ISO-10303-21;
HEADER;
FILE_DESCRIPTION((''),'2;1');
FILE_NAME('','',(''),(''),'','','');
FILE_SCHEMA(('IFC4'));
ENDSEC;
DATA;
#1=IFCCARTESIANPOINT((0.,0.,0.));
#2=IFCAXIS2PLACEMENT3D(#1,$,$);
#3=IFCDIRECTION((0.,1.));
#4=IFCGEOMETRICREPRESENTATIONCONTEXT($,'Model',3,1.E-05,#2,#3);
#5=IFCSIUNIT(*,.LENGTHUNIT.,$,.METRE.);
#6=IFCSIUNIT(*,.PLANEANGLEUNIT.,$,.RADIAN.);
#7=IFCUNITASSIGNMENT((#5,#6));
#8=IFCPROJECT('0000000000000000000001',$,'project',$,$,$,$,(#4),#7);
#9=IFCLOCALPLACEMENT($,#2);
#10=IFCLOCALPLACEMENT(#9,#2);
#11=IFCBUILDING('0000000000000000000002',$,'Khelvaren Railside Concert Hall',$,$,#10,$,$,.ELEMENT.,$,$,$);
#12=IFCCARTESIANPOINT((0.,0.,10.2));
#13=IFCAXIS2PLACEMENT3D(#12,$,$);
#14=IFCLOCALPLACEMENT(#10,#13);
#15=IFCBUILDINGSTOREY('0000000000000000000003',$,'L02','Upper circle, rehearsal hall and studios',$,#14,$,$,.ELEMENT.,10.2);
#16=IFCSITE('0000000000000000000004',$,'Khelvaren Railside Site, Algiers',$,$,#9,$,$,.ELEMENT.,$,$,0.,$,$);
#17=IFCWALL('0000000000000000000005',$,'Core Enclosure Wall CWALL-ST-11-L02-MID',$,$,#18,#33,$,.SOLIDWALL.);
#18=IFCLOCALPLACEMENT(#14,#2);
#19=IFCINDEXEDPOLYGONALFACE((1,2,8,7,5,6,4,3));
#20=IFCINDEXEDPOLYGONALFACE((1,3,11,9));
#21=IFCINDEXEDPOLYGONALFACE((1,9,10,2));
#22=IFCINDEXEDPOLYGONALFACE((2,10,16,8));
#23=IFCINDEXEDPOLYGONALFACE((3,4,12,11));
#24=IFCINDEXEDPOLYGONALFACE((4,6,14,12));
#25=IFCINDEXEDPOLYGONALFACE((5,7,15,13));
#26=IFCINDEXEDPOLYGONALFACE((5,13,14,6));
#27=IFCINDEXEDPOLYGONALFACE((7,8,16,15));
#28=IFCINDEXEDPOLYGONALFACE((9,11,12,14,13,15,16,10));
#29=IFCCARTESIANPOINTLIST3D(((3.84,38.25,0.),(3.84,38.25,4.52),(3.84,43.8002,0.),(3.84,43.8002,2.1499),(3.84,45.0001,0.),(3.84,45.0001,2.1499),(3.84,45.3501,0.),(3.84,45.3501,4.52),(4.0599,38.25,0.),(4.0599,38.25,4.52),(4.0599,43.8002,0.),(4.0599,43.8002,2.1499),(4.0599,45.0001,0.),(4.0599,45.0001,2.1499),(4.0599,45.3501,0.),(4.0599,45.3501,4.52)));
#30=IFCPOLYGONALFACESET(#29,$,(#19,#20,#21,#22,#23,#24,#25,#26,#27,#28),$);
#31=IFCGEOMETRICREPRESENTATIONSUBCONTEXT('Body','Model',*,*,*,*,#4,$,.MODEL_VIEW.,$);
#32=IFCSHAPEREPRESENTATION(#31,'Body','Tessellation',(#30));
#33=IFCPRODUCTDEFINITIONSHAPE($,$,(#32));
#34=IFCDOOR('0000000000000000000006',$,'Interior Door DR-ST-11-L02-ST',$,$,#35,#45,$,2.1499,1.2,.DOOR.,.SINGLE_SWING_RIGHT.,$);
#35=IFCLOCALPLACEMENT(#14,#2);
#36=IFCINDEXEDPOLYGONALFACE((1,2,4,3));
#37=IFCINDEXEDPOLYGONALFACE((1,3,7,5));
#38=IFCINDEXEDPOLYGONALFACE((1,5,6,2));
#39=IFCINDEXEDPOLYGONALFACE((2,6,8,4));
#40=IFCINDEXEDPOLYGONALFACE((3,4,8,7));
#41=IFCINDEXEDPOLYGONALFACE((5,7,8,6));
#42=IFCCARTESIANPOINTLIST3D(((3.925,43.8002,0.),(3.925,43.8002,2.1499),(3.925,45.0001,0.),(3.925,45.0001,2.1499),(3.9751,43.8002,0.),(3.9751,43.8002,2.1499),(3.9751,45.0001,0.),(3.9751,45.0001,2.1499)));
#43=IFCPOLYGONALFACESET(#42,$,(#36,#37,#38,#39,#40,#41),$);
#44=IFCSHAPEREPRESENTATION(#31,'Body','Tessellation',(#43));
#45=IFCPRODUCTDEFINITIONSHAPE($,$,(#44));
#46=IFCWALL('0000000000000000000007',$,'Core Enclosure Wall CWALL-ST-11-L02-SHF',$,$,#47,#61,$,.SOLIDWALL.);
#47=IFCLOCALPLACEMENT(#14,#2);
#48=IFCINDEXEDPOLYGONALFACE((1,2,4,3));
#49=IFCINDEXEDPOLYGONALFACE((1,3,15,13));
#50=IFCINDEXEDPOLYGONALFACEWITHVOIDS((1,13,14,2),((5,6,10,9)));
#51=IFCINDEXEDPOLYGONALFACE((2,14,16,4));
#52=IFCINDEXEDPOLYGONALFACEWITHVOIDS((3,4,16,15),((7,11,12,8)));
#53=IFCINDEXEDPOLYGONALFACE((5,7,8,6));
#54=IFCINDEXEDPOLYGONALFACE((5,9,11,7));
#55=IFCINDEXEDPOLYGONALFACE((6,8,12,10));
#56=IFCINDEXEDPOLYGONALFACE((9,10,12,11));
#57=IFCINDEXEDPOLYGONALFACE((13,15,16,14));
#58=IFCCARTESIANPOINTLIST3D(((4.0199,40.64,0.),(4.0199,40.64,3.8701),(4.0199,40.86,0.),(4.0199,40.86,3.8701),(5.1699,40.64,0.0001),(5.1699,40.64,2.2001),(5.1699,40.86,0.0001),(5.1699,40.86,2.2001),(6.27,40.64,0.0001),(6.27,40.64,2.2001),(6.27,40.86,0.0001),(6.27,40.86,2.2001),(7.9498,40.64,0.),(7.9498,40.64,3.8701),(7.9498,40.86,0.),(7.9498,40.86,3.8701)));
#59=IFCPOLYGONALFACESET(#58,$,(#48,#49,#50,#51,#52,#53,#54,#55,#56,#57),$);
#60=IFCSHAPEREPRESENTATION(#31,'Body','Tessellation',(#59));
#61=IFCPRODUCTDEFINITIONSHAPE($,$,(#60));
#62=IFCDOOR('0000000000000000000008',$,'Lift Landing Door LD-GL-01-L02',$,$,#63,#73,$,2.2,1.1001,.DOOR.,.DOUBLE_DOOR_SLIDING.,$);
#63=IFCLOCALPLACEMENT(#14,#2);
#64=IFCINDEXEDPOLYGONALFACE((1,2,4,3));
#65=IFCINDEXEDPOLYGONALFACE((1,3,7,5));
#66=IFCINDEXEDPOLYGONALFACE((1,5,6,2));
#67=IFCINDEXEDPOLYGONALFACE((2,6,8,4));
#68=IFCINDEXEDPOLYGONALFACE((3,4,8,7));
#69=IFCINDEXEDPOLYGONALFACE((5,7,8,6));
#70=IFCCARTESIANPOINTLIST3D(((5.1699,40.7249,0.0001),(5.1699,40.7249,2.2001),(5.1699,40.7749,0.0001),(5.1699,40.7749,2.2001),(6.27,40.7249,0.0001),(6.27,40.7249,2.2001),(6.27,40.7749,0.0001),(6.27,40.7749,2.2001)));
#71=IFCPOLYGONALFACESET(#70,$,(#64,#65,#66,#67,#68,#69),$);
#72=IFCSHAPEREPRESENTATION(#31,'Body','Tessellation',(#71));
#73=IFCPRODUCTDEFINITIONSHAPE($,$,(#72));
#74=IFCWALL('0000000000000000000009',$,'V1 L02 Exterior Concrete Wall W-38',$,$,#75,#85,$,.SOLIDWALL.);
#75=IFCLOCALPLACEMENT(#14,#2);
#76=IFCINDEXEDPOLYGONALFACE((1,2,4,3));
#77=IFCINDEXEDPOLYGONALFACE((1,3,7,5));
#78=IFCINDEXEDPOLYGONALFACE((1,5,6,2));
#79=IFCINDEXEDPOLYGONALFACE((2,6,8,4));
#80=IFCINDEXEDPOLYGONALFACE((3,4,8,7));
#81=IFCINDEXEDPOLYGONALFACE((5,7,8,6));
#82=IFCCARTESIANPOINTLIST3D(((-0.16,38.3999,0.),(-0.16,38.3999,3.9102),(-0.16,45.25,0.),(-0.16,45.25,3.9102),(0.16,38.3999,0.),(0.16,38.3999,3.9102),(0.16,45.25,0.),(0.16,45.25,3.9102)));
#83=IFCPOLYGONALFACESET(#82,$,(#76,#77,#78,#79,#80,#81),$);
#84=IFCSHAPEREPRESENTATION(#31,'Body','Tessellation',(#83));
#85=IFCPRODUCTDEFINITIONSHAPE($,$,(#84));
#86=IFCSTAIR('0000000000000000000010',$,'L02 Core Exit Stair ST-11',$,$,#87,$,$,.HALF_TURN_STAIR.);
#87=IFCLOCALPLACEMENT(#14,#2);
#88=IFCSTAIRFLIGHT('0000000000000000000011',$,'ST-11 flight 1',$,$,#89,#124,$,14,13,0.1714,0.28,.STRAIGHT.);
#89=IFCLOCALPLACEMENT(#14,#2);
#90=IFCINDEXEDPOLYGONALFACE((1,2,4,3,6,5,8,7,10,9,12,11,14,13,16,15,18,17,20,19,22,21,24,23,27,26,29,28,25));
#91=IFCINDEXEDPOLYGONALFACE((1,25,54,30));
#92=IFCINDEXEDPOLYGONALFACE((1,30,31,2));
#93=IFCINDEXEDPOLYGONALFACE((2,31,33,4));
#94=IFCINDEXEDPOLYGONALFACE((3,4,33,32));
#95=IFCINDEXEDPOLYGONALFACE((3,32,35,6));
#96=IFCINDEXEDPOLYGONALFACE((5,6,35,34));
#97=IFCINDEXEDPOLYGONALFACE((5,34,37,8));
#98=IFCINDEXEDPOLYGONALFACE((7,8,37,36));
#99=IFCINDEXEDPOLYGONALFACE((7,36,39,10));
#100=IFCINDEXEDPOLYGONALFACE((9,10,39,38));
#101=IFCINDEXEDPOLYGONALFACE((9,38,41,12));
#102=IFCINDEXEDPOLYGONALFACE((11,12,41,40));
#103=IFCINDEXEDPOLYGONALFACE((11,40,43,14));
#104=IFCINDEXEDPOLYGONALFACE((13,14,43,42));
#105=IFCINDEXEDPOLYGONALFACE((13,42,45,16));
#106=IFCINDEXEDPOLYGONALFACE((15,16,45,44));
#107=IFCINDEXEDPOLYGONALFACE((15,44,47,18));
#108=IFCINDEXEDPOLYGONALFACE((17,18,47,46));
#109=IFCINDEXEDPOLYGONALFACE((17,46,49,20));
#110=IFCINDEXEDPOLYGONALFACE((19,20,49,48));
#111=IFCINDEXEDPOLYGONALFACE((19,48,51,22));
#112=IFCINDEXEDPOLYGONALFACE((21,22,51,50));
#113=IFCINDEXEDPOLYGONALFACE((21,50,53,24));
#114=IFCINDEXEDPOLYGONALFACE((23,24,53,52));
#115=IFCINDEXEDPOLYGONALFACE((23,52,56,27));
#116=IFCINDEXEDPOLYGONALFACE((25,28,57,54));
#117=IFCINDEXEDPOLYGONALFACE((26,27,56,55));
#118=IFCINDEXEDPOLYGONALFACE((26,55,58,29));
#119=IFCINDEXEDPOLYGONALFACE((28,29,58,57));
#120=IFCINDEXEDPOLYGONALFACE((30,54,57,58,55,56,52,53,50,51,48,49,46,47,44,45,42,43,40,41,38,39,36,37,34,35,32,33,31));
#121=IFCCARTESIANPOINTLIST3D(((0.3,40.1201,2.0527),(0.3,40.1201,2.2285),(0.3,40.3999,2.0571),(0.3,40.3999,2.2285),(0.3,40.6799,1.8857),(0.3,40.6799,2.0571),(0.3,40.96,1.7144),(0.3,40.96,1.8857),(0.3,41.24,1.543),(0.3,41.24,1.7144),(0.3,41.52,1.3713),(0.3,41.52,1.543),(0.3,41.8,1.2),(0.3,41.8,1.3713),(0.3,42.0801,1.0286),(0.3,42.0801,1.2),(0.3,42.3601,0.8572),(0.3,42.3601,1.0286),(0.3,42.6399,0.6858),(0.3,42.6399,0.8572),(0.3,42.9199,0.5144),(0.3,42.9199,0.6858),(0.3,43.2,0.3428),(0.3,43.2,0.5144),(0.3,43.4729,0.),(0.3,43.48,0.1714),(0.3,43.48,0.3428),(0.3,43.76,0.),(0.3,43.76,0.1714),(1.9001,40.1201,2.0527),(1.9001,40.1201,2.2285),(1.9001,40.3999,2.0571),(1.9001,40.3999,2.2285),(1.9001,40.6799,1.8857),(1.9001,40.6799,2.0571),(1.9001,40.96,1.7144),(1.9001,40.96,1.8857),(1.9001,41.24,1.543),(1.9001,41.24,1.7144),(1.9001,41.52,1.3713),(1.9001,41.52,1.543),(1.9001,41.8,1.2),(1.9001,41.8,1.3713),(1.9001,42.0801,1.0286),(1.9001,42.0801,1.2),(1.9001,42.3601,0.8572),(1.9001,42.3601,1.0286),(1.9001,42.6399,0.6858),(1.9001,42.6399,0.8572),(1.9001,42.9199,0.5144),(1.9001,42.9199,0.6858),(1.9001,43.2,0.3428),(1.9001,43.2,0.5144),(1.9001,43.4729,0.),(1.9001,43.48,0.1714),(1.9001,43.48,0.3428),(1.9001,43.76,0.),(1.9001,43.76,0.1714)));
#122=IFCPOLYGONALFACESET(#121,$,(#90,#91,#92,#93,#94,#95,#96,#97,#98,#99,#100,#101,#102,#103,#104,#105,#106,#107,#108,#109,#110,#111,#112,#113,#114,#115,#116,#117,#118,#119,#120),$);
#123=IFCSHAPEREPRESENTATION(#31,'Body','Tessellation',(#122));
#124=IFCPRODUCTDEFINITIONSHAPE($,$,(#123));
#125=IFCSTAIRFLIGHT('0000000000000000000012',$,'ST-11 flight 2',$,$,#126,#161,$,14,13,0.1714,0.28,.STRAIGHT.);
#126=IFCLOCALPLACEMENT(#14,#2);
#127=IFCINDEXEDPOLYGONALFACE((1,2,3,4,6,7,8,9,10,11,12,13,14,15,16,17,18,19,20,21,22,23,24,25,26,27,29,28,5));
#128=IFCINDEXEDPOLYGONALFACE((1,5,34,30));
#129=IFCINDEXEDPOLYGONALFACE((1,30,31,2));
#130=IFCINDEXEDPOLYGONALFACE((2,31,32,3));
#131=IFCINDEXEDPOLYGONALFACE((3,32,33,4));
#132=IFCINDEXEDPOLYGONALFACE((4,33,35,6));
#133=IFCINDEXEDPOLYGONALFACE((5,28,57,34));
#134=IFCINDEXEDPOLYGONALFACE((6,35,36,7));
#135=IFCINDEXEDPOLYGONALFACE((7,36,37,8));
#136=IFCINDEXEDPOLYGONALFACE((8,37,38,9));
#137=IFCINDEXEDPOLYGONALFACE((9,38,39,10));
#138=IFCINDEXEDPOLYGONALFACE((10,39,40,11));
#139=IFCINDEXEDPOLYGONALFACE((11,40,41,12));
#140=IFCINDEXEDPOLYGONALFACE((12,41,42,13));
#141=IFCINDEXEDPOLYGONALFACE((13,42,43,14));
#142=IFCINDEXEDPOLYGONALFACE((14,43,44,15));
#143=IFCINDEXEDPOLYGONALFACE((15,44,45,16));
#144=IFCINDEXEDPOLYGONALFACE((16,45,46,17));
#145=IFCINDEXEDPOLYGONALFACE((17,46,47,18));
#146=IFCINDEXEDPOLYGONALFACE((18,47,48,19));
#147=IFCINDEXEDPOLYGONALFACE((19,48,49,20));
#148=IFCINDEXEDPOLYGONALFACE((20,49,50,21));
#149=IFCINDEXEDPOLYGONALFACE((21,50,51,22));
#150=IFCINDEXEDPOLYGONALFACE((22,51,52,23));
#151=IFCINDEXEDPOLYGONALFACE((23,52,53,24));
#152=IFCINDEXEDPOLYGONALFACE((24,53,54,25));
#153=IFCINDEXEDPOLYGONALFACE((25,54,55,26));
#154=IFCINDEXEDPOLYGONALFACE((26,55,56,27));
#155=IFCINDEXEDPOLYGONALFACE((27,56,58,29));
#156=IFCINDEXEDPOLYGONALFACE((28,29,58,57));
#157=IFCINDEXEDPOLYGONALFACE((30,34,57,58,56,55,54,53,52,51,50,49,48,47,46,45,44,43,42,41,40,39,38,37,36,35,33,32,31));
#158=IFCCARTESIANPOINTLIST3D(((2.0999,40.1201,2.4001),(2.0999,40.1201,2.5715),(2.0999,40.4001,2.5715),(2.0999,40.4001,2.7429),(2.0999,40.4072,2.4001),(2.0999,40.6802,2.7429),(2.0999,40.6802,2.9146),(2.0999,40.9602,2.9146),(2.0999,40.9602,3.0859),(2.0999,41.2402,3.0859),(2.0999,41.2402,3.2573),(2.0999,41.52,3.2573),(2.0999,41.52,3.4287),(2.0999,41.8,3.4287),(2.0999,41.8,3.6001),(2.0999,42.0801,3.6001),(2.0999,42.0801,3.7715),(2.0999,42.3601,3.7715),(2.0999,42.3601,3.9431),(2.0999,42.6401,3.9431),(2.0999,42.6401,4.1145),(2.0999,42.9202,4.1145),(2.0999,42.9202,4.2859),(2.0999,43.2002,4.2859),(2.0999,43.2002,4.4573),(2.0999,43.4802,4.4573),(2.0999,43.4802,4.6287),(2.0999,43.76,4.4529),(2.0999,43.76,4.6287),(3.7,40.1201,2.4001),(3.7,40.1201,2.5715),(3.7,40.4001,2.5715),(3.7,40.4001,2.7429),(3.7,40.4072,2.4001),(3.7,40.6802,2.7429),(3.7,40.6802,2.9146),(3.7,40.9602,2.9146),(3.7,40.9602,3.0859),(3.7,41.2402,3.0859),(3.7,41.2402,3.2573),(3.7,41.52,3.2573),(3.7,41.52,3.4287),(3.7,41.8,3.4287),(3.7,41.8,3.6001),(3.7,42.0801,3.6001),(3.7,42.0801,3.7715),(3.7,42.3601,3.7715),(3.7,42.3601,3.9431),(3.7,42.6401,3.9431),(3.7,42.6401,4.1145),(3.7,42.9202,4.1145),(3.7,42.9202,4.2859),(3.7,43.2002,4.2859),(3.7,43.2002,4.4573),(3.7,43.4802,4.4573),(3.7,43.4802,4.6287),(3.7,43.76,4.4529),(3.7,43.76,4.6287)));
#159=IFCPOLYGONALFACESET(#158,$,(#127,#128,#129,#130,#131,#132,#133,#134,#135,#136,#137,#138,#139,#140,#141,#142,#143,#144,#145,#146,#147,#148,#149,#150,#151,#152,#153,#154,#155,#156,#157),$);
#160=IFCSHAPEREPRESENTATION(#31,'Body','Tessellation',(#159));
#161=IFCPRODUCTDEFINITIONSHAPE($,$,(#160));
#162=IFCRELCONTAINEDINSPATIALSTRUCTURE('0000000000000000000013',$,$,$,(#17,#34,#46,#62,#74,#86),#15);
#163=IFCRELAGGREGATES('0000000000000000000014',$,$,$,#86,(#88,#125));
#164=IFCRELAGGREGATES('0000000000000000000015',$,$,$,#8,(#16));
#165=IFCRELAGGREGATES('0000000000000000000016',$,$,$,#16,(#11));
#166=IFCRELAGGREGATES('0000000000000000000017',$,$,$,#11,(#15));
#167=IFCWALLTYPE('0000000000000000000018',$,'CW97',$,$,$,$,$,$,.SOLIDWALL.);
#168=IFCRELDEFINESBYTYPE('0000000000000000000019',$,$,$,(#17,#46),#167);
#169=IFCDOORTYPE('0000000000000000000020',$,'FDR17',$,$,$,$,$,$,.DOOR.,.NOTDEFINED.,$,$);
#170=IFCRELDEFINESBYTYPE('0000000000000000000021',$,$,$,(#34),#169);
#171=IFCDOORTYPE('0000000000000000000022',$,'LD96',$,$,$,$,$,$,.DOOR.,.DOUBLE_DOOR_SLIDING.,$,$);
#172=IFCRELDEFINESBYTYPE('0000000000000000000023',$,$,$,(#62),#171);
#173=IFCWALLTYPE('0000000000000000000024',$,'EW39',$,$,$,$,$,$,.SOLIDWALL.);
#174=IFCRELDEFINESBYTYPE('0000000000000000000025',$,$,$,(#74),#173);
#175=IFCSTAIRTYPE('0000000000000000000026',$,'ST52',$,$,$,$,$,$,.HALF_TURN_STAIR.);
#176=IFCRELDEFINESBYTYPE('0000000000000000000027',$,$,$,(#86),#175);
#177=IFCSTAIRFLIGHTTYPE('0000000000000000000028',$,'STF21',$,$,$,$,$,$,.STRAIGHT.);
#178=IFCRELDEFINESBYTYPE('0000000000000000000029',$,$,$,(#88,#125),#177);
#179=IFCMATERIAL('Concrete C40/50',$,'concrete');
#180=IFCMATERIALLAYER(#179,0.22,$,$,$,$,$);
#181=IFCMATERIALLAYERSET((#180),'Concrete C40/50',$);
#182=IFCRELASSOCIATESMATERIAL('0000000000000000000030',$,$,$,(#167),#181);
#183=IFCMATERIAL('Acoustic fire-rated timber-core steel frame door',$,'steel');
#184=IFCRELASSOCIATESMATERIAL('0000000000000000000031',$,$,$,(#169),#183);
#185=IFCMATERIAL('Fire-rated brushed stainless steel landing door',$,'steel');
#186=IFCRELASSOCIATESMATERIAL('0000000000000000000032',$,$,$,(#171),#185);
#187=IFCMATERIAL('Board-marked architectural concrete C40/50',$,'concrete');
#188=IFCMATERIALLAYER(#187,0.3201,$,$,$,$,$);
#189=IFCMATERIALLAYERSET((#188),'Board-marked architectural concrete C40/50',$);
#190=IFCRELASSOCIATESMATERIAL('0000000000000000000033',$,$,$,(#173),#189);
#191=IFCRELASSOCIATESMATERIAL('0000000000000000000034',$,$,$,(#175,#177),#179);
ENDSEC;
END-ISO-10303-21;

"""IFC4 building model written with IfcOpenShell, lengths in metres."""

from ifc_helpers import new_model, si_unit, direction, frame, frame_2d, origin, place, context, subcontext, project, spatial, polyline, rectangle, outline, extrude, material, layer, layer_set, type_object, element, fill, aggregate, save


model = new_model("IFC4")

# Units and contexts
model_context = context("Model", 3, precision=1e-05, world=origin(), true_north=direction((0.0, 1.0)))
body_context = subcontext(model_context, "Body", "Model", "MODEL_VIEW")
ifc_project = project(units=[si_unit("LENGTHUNIT", "METRE"), si_unit("PLANEANGLEUNIT", "RADIAN")], contexts=[model_context])

# Site, building, storey
site_placement = place(None, origin())
site = spatial("IfcSite", under=ifc_project, at=site_placement, Name="Khelvaren Railside Site, Algiers", CompositionType="ELEMENT", RefElevation=0.0)
building_placement = place(site_placement, origin())
building = spatial("IfcBuilding", under=site, at=building_placement, Name="Khelvaren Railside Concert Hall", CompositionType="ELEMENT")
storey_placement = place(building_placement, frame((0.0, 0.0, 10.2)))
storey = spatial("IfcBuildingStorey", under=building, at=storey_placement, Name="L02", Description="Upper circle, rehearsal hall and studios", CompositionType="ELEMENT", Elevation=10.2)

# Shared definitions
ifc_material_1 = material(Name="Concrete C40/50", Category="concrete")

# Walls, openings, doors
ifc_material_2 = material(Name="Acoustic fire-rated timber-core steel frame door", Category="steel")
ifc_layer_1 = layer(ifc_material_1, 0.22)
ifc_layer_set_1 = layer_set([ifc_layer_1], Name="Concrete C40/50")
wall_type_1 = type_object("IfcWallType", Name="CW97", PredefinedType="SOLIDWALL", material=ifc_layer_set_1)
wall_1_placement = place(storey_placement, frame((3.95, 38.25, 0.0), z_axis=(0.0, 0.0, 1.0), x_axis=(0.0, 1.0, 0.0)))
wall_1 = element("IfcWall", 1, at=wall_1_placement, inside=storey, type_object=wall_type_1, Name="Core Enclosure Wall CWALL-ST-11-L02-MID", PredefinedType="SOLIDWALL", context=body_context, shape_type="SweptSolid", body=[
    extrude(rectangle(XDim=7.1001, YDim=0.22, at=frame_2d((3.55, 0.0))), origin(), (0.0, 0.0, 1.0), 4.52),
])
opening_1_placement = place(wall_1_placement, frame((5.55, 0.0, 0.0)))
opening_1 = element("IfcOpeningElement", 2, at=opening_1_placement, cuts=wall_1, PredefinedType="OPENING", context=body_context, shape_type="SweptSolid", body=[
    extrude(rectangle(XDim=1.2, YDim=2.1499, at=frame_2d((0.6001, 1.075))), frame((0.0, 0.1199, 0.0), z_axis=(0.0, -1.0, 0.0), x_axis=(1.0, 0.0, 0.0)), (0.0, 0.0, 1.0), 0.24),
])
door_type_1 = type_object("IfcDoorType", Name="FDR17", OperationType="NOTDEFINED", PredefinedType="DOOR", material=ifc_material_2)
door_1_placement = place(opening_1_placement, origin())
door_1 = element("IfcDoor", 3, at=door_1_placement, inside=storey, type_object=door_type_1, Name="Interior Door DR-ST-11-L02-ST", OperationType="SINGLE_SWING_RIGHT", OverallHeight=2.1499, OverallWidth=1.2, PredefinedType="DOOR", context=body_context, shape_type="SweptSolid", body=[
    extrude(rectangle(XDim=1.2, YDim=2.1499, at=frame_2d((0.6001, 1.075))), frame((0.0, 0.0249, 0.0), z_axis=(0.0, -1.0, 0.0), x_axis=(1.0, 0.0, 0.0)), (0.0, 0.0, 1.0), 0.05),
])
fill(opening_1, door_1)
wall_2_placement = place(storey_placement, frame((4.02, 40.75, 0.0), z_axis=(0.0, 0.0, 1.0), x_axis=(1.0, 0.0, 0.0)))
wall_2 = element("IfcWall", 4, at=wall_2_placement, inside=storey, type_object=wall_type_1, Name="Core Enclosure Wall CWALL-ST-11-L02-SHF", PredefinedType="SOLIDWALL", context=body_context, shape_type="SweptSolid", body=[
    extrude(rectangle(XDim=3.9299, YDim=0.22, at=frame_2d((1.9648, 0.0))), origin(), (0.0, 0.0, 1.0), 3.8701),
])
opening_2_placement = place(wall_2_placement, frame((1.1499, 0.0, 0.0)))
opening_2 = element("IfcOpeningElement", 5, at=opening_2_placement, cuts=wall_2, PredefinedType="OPENING", context=body_context, shape_type="SweptSolid", body=[
    extrude(rectangle(XDim=1.1001, YDim=2.2, at=frame_2d((0.55, 1.1001))), frame((0.0, 0.1199, 0.0), z_axis=(0.0, -1.0, 0.0), x_axis=(1.0, 0.0, 0.0)), (0.0, 0.0, 1.0), 0.24),
])
ifc_material_3 = material(Name="Fire-rated brushed stainless steel landing door", Category="steel")
door_type_2 = type_object("IfcDoorType", Name="LD96", OperationType="DOUBLE_DOOR_SLIDING", PredefinedType="DOOR", material=ifc_material_3)
door_2_placement = place(opening_2_placement, origin())
door_2 = element("IfcDoor", 6, at=door_2_placement, inside=storey, type_object=door_type_2, Name="Lift Landing Door LD-GL-01-L02", OperationType="DOUBLE_DOOR_SLIDING", OverallHeight=2.2, OverallWidth=1.1001, PredefinedType="DOOR", context=body_context, shape_type="SweptSolid", body=[
    extrude(rectangle(XDim=1.1001, YDim=2.2, at=frame_2d((0.55, 1.1001))), frame((0.0, 0.0249, 0.0), z_axis=(0.0, -1.0, 0.0), x_axis=(1.0, 0.0, 0.0)), (0.0, 0.0, 1.0), 0.05),
])
fill(opening_2, door_2)

# Wall
ifc_material_4 = material(Name="Board-marked architectural concrete C40/50", Category="concrete")
ifc_layer_2 = layer(ifc_material_4, 0.3201)
ifc_layer_set_2 = layer_set([ifc_layer_2], Name="Board-marked architectural concrete C40/50")
wall_type_2 = type_object("IfcWallType", Name="EW39", PredefinedType="SOLIDWALL", material=ifc_layer_set_2)
wall_3_placement = place(storey_placement, frame((0.0, 38.3999, 0.0), z_axis=(0.0, 0.0, 1.0), x_axis=(0.0, 1.0, 0.0)))
element("IfcWall", 7, at=wall_3_placement, inside=storey, type_object=wall_type_2, Name="V1 L02 Exterior Concrete Wall W-38", PredefinedType="SOLIDWALL", context=body_context, shape_type="SweptSolid", body=[
    extrude(rectangle(XDim=6.8501, YDim=0.3201, at=frame_2d((3.425, 0.0))), origin(), (0.0, 0.0, 1.0), 3.9102),
])

# Stair, stair flights
stair_type = type_object("IfcStairType", Name="ST52", PredefinedType="HALF_TURN_STAIR", material=ifc_material_1)
stair_placement = place(storey_placement, origin())
stair = element("IfcStair", 8, at=stair_placement, inside=storey, type_object=stair_type, Name="L02 Core Exit Stair ST-11", PredefinedType="HALF_TURN_STAIR")
stair_flight_type = type_object("IfcStairFlightType", Name="STF21", PredefinedType="STRAIGHT", material=ifc_material_1)
stair_flight_1_placement = place(storey_placement, frame((1.1001, 43.76, 0.0), z_axis=(0.0, 0.0, 1.0), x_axis=(0.0, -1.0, 0.0)))
stair_flight_1 = element("IfcStairFlight", 9, at=stair_flight_1_placement, type_object=stair_flight_type, Name="ST-11 flight 1", NumberOfRisers=14, NumberOfTreads=13, PredefinedType="STRAIGHT", RiserHeight=0.1714, TreadLength=0.28, context=body_context, shape_type="SweptSolid", body=[
    extrude(outline(polyline([(0.0, 0.0), (0.0, 0.1714), (0.28, 0.1714), (0.28, 0.3428), (0.5601, 0.3428), (0.5601, 0.5144), (0.8401, 0.5144), (0.8401, 0.6858), (1.1201, 0.6858), (1.1201, 0.8572), (1.3999, 0.8572), (1.3999, 1.0286), (1.6799, 1.0286), (1.6799, 1.2), (1.96, 1.2), (1.96, 1.3713), (2.24, 1.3713), (2.24, 1.543), (2.52, 1.543), (2.52, 1.7144), (2.8, 1.7144), (2.8, 1.8857), (3.0801, 1.8857), (3.0801, 2.0571), (3.3601, 2.0571), (3.3601, 2.2285), (3.6399, 2.2285), (3.6399, 2.3999), (3.6399, 2.0527), (0.2871, 0.0), (0.0, 0.0)])), frame((0.0, 0.8, 0.0), z_axis=(0.0, -1.0, 0.0), x_axis=(1.0, 0.0, 0.0)), (0.0, 0.0, 1.0), 1.6001),
])
stair_flight_2_placement = place(storey_placement, frame((2.8999, 40.1201, 2.4001), z_axis=(0.0, 0.0, 1.0), x_axis=(0.0, 1.0, 0.0)))
stair_flight_2 = element("IfcStairFlight", 10, at=stair_flight_2_placement, type_object=stair_flight_type, Name="ST-11 flight 2", NumberOfRisers=14, NumberOfTreads=13, PredefinedType="STRAIGHT", RiserHeight=0.1714, TreadLength=0.28, context=body_context, shape_type="SweptSolid", body=[
    extrude(outline(polyline([(0.0, 0.0), (0.0, 0.1714), (0.28, 0.1714), (0.28, 0.3428), (0.5601, 0.3428), (0.5601, 0.5144), (0.8401, 0.5144), (0.8401, 0.6858), (1.1201, 0.6858), (1.1201, 0.8572), (1.3999, 0.8572), (1.3999, 1.0286), (1.6799, 1.0286), (1.6799, 1.2), (1.96, 1.2), (1.96, 1.3713), (2.24, 1.3713), (2.24, 1.543), (2.52, 1.543), (2.52, 1.7144), (2.8, 1.7144), (2.8, 1.8857), (3.0801, 1.8857), (3.0801, 2.0571), (3.3601, 2.0571), (3.3601, 2.2285), (3.6399, 2.2285), (3.6399, 2.3999), (3.6399, 2.0527), (0.2871, 0.0), (0.0, 0.0)])), frame((0.0, 0.8, 0.0), z_axis=(0.0, -1.0, 0.0), x_axis=(1.0, 0.0, 0.0)), (0.0, 0.0, 1.0), 1.6001),
])
aggregate(stair, [stair_flight_1, stair_flight_2])

save(model, "model.ifc")
